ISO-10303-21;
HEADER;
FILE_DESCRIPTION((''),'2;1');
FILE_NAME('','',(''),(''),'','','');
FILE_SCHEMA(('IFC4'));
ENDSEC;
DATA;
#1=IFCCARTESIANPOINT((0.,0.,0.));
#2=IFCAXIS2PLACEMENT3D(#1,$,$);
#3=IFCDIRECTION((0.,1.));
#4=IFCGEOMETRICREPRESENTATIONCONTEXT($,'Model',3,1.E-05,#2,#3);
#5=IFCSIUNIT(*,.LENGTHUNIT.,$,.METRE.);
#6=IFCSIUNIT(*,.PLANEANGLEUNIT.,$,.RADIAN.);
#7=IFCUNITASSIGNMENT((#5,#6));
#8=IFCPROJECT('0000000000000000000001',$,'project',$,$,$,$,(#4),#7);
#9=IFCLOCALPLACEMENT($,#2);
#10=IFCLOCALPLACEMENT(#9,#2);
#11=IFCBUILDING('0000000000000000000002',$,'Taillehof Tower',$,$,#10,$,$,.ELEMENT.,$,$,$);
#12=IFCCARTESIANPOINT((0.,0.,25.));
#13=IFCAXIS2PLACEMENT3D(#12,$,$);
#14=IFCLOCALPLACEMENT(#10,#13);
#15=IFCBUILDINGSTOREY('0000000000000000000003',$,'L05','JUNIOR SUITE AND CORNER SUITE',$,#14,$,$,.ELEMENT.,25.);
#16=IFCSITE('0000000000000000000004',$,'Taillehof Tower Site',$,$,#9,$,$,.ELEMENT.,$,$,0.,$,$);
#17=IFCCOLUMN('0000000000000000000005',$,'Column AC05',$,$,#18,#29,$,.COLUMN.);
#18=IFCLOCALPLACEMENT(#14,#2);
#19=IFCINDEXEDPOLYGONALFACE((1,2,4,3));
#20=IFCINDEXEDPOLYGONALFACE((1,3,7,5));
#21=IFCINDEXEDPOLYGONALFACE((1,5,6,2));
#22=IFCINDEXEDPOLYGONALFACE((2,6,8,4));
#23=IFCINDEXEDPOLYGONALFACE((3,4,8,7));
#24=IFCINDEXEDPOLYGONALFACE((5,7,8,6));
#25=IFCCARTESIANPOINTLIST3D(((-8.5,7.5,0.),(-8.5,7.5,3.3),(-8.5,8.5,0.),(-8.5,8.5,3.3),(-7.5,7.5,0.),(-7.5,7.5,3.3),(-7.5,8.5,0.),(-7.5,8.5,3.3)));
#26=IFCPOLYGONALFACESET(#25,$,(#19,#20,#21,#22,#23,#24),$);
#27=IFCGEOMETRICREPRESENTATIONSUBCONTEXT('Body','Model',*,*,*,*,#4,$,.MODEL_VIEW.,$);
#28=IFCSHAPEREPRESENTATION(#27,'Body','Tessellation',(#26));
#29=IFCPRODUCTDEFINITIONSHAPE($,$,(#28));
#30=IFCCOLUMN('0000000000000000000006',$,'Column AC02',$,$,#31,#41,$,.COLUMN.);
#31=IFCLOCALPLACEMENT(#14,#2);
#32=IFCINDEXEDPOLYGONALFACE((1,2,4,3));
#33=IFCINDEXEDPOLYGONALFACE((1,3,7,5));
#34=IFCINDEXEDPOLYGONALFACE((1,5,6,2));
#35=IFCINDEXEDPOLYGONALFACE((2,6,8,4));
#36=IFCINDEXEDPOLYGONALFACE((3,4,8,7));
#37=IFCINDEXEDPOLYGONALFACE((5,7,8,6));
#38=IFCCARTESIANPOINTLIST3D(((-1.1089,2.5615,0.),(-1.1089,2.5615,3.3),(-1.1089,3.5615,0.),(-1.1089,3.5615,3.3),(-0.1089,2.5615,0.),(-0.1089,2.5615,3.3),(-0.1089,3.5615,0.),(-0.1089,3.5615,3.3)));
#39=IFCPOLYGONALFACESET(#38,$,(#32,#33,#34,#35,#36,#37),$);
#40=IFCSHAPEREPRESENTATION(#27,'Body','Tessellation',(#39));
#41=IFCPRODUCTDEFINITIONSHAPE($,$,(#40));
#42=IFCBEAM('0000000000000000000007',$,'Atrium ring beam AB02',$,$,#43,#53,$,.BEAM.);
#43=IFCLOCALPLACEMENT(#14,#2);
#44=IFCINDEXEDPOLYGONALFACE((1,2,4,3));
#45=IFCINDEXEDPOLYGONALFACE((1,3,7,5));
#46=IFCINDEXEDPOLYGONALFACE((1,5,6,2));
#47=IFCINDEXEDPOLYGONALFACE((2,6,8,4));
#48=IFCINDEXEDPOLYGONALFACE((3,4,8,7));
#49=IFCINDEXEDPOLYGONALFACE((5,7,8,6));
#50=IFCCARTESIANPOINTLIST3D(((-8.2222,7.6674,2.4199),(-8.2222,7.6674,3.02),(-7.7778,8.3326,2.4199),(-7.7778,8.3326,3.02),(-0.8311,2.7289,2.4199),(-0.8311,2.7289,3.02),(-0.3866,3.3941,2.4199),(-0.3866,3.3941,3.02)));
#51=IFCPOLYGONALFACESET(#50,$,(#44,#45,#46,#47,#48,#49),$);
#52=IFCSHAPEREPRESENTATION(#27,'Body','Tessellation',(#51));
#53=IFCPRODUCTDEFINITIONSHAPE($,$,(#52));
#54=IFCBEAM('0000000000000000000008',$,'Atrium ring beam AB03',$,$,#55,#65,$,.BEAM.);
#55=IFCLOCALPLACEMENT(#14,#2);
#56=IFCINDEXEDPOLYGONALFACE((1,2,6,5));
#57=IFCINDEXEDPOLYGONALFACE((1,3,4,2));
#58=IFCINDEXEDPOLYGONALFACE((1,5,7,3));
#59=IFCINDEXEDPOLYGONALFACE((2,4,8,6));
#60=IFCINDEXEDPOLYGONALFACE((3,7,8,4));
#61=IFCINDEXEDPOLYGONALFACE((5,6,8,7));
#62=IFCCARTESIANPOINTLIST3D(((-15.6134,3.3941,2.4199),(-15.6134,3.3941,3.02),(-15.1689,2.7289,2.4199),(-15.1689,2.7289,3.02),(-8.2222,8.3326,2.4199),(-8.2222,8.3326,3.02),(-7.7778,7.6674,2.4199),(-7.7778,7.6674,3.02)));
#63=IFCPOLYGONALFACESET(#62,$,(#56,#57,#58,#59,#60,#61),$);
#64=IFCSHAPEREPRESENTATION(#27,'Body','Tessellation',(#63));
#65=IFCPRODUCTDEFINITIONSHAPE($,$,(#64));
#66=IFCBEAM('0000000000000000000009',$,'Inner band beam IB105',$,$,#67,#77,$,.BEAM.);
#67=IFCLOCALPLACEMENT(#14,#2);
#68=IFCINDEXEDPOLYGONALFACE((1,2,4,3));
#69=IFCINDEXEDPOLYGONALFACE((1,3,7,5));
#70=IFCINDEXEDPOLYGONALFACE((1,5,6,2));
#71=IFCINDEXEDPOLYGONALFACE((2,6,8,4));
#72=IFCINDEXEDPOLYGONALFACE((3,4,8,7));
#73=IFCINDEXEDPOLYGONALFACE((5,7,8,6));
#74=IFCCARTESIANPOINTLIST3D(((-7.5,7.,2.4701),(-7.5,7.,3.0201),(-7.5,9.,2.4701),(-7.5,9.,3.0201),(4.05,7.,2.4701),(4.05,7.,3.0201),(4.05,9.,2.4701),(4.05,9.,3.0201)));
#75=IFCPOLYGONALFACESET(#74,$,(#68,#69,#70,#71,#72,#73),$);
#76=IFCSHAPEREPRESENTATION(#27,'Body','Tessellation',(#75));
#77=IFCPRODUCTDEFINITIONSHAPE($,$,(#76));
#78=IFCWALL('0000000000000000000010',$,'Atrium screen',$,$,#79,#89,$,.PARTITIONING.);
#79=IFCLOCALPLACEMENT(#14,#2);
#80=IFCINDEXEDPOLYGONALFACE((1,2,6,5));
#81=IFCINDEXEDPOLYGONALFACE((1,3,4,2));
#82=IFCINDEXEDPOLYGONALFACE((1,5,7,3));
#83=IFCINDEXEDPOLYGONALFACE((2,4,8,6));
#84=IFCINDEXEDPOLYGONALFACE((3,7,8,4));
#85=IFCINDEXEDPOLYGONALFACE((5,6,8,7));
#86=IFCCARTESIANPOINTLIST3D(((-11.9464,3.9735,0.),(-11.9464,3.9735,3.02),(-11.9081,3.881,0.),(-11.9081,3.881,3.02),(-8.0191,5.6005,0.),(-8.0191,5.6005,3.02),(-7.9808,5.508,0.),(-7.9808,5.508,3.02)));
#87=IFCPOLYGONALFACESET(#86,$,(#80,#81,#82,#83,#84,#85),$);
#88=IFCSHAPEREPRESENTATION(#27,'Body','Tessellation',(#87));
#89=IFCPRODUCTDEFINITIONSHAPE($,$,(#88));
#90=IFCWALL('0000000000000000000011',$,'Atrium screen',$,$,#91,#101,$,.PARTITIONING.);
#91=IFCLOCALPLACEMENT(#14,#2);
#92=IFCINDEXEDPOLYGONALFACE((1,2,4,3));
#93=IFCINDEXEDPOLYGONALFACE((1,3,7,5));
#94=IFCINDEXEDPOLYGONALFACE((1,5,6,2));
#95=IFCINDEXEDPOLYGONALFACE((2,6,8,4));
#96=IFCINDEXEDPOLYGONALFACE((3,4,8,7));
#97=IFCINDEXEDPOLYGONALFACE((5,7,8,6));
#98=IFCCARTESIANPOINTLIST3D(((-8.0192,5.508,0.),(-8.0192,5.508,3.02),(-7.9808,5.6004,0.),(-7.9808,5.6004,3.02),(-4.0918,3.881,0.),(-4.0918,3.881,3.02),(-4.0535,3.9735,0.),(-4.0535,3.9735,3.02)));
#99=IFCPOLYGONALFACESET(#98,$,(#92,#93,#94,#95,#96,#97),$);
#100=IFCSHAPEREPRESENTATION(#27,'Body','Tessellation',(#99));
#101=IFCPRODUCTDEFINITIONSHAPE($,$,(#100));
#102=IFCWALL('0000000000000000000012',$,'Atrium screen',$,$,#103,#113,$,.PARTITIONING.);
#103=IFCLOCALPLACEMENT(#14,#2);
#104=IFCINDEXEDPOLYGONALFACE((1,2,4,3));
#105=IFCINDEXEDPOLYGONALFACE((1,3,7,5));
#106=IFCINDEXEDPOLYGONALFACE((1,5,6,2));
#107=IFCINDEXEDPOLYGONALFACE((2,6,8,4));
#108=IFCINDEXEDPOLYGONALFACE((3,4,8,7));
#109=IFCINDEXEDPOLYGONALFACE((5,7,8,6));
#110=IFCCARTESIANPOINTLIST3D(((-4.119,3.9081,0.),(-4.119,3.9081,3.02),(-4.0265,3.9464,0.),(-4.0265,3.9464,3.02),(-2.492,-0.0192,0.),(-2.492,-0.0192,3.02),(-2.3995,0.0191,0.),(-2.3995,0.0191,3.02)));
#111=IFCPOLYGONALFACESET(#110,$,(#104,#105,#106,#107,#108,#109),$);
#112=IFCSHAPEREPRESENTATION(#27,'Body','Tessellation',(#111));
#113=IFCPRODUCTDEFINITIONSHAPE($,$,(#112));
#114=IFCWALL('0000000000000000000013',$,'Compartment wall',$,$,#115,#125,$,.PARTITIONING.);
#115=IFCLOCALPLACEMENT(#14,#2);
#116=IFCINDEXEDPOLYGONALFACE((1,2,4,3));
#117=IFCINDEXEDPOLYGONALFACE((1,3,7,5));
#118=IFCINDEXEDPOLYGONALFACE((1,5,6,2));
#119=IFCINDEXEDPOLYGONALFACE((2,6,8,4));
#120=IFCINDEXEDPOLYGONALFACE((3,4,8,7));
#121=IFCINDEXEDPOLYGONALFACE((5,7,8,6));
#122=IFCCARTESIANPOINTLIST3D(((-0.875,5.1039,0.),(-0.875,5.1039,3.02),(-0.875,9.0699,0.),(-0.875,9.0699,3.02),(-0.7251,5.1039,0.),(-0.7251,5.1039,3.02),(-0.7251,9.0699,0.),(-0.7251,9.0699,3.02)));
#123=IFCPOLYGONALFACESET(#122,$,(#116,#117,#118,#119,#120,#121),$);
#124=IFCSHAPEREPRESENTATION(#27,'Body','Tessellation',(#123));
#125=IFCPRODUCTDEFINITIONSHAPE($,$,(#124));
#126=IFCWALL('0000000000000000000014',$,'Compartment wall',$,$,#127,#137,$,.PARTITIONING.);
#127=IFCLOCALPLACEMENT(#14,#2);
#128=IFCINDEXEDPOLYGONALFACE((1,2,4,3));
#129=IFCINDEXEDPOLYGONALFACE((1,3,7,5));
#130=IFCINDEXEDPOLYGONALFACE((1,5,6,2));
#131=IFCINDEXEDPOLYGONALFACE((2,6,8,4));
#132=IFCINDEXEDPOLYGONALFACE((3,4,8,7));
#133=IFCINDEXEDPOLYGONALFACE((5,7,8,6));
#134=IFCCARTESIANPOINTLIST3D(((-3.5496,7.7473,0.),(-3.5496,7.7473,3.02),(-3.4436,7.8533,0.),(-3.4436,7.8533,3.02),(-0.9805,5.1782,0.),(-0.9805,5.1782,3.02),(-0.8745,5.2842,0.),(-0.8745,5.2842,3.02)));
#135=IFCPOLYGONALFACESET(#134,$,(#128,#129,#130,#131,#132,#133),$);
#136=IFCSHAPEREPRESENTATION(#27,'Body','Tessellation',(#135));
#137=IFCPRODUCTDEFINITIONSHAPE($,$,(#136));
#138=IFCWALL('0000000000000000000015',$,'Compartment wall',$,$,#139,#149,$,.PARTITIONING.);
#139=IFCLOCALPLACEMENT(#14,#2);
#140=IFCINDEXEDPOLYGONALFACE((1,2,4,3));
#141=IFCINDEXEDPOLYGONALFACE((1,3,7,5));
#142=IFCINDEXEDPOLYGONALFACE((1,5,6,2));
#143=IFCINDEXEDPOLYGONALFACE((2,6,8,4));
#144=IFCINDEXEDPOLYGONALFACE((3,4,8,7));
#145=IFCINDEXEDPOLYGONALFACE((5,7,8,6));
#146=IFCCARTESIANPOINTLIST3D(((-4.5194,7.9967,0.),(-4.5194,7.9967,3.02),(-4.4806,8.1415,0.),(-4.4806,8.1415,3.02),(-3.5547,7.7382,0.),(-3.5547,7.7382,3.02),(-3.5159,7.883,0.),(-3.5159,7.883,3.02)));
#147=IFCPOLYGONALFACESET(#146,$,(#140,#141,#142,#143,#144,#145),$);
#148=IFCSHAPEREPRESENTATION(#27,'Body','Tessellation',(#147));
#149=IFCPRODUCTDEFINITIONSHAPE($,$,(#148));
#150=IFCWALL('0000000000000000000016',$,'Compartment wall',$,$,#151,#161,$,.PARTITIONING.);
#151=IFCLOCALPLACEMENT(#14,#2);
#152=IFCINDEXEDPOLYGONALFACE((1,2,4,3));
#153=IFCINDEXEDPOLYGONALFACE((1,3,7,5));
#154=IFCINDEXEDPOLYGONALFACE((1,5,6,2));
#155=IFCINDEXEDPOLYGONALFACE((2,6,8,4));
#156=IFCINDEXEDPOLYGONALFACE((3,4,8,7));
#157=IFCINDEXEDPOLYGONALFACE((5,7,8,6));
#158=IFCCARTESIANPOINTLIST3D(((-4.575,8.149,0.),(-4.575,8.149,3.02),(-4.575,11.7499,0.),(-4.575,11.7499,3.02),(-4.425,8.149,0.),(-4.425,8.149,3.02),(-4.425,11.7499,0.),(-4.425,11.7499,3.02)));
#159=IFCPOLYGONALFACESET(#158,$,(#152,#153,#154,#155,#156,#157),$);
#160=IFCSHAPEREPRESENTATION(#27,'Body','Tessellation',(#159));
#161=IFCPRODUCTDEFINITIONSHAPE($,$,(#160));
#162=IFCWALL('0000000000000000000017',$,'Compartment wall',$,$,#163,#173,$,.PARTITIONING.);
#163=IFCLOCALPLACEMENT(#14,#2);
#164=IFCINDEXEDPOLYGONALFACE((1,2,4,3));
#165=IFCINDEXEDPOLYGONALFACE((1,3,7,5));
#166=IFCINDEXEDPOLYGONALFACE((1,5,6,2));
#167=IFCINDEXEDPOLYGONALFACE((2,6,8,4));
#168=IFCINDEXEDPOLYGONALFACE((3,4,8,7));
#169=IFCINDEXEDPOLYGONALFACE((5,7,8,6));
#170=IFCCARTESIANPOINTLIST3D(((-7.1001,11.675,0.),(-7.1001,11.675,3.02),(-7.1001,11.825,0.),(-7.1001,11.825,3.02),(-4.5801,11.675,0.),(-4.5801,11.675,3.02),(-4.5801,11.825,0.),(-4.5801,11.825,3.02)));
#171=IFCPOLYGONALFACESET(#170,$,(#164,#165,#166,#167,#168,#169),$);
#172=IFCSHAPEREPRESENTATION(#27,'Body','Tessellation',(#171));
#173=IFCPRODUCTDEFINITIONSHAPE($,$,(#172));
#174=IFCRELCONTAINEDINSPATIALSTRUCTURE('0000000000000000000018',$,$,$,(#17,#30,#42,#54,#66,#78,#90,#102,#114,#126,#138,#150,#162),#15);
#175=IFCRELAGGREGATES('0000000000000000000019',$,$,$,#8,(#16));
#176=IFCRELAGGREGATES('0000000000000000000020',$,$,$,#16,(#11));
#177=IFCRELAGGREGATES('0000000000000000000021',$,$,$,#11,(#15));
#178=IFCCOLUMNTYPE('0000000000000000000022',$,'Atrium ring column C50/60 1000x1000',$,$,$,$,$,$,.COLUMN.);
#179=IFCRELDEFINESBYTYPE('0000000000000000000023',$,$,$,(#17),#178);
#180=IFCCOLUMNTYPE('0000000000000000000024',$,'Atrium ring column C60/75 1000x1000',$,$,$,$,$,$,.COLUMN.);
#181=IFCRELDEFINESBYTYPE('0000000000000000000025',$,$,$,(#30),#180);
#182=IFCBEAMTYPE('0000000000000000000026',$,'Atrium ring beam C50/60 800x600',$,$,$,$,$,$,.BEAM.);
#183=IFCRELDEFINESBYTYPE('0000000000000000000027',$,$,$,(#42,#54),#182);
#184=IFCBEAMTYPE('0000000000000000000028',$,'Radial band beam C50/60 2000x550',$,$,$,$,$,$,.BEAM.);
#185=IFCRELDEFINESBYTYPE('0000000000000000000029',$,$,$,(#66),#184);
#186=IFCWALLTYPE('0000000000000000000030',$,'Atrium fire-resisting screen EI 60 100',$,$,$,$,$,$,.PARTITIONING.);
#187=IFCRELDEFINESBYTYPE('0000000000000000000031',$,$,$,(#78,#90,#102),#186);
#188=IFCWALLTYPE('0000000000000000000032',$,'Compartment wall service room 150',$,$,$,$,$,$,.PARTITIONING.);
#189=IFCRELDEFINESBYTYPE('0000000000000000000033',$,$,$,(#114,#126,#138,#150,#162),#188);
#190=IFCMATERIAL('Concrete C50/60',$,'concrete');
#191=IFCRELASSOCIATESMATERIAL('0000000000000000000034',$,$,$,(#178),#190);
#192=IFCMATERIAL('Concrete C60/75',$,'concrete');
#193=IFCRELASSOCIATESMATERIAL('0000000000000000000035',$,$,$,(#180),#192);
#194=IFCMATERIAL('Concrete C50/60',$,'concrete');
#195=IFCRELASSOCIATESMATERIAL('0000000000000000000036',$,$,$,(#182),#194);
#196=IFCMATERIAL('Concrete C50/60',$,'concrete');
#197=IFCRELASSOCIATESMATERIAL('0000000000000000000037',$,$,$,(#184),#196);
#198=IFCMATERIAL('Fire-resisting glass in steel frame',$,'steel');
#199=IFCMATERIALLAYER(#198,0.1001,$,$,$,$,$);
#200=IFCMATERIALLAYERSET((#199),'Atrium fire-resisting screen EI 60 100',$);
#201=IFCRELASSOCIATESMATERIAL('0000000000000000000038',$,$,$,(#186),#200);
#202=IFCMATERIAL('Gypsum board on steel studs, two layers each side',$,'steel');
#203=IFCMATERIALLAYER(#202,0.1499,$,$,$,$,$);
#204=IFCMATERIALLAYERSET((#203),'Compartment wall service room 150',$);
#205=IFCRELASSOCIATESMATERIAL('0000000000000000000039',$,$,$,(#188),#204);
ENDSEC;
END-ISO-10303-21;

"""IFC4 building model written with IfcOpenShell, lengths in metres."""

from ifc_helpers import new_model, si_unit, direction, frame, frame_2d, origin, origin_2d, place, context, subcontext, project, spatial, rectangle, extrude, material, layer, layer_set, material_profile, profile_set, type_object, element, save


model = new_model("IFC4")

# Units and contexts
model_context = context("Model", 3, precision=1e-05, world=origin(), true_north=direction((0.0, 1.0)))
body_context = subcontext(model_context, "Body", "Model", "MODEL_VIEW")
ifc_project = project(units=[si_unit("LENGTHUNIT", "METRE"), si_unit("PLANEANGLEUNIT", "RADIAN")], contexts=[model_context])

# Site, building, storey
site_placement = place(None, origin())
site = spatial("IfcSite", under=ifc_project, at=site_placement, Name="Taillehof Tower Site", CompositionType="ELEMENT", RefElevation=0.0)
building_placement = place(site_placement, origin())
building = spatial("IfcBuilding", under=site, at=building_placement, Name="Taillehof Tower", CompositionType="ELEMENT")
storey_placement = place(building_placement, frame((0.0, 0.0, 25.0)))
storey = spatial("IfcBuildingStorey", under=building, at=storey_placement, Name="L05", Description="JUNIOR SUITE AND CORNER SUITE", CompositionType="ELEMENT", Elevation=25.0)

# Columns
ifc_material_1 = material(Name="Concrete C50/60", Category="concrete")
ifc_material_profile_1 = material_profile(ifc_material_1, rectangle(XDim=1.0, YDim=1.0, at=origin_2d()), Name="RC 1000x1000")
ifc_profile_set_1 = profile_set([ifc_material_profile_1], Name="Concrete C50/60")
column_type_1 = type_object("IfcColumnType", Name="Atrium ring column C50/60 1000x1000", PredefinedType="COLUMN", material=ifc_profile_set_1)
column_1_placement = place(storey_placement, frame((-8.0, 8.0, 0.0), z_axis=(0.0, 0.0, 1.0), x_axis=(1.0, 0.0, 0.0)))
element("IfcColumn", 1, at=column_1_placement, inside=storey, type_object=column_type_1, Name="Column AC05", PredefinedType="COLUMN", context=body_context, shape_type="SweptSolid", body=[
    extrude(rectangle(XDim=1.0, YDim=1.0, at=origin_2d()), origin(), (0.0, 0.0, 1.0), 3.3),
])
ifc_material_2 = material(Name="Concrete C60/75", Category="concrete")
ifc_material_profile_2 = material_profile(ifc_material_2, rectangle(XDim=1.0, YDim=1.0, at=origin_2d()), Name="RC 1000x1000")
ifc_profile_set_2 = profile_set([ifc_material_profile_2], Name="Concrete C60/75")
column_type_2 = type_object("IfcColumnType", Name="Atrium ring column C60/75 1000x1000", PredefinedType="COLUMN", material=ifc_profile_set_2)
column_2_placement = place(storey_placement, frame((-0.6089, 3.0615, 0.0), z_axis=(0.0, 0.0, 1.0), x_axis=(1.0, 0.0, 0.0)))
element("IfcColumn", 2, at=column_2_placement, inside=storey, type_object=column_type_2, Name="Column AC02", PredefinedType="COLUMN", context=body_context, shape_type="SweptSolid", body=[
    extrude(rectangle(XDim=1.0, YDim=1.0, at=origin_2d()), origin(), (0.0, 0.0, 1.0), 3.3),
])

# Beams
ifc_material_3 = material(Name="Concrete C50/60", Category="concrete")
ifc_material_profile_3 = material_profile(ifc_material_3, rectangle(XDim=0.8, YDim=0.6001, at=origin_2d()), Name="RC 800x600")
ifc_profile_set_3 = profile_set([ifc_material_profile_3], Name="Concrete C50/60")
beam_type_1 = type_object("IfcBeamType", Name="Atrium ring beam C50/60 800x600", PredefinedType="BEAM", material=ifc_profile_set_3)
for number, where, z_axis, x_axis, name in (
    (3, (-0.6089, 3.0615, 2.72), (-0.831475, 0.555562, 0.0), (-0.555562, -0.831475, 0.0), "Atrium ring beam AB02"),
    (4, (-8.0, 8.0, 2.72), (-0.831475, -0.555562, 0.0), (0.555562, -0.831475, 0.0), "Atrium ring beam AB03"),
):
    element("IfcBeam", number, at=place(storey_placement, frame(where, z_axis=z_axis, x_axis=x_axis)), inside=storey, type_object=beam_type_1, Name=name, PredefinedType="BEAM", context=body_context, shape_type="SweptSolid", body=[
        extrude(rectangle(XDim=0.8, YDim=0.6001, at=origin_2d()), origin(), (0.0, 0.0, 1.0), 8.8892),
    ])
ifc_material_4 = material(Name="Concrete C50/60", Category="concrete")
ifc_material_profile_4 = material_profile(ifc_material_4, rectangle(XDim=2.0, YDim=0.55, at=origin_2d()), Name="RC 2000x550")
ifc_profile_set_4 = profile_set([ifc_material_profile_4], Name="Concrete C50/60")
beam_type_2 = type_object("IfcBeamType", Name="Radial band beam C50/60 2000x550", PredefinedType="BEAM", material=ifc_profile_set_4)
beam_placement = place(storey_placement, frame((-7.5, 8.0, 2.7451), z_axis=(1.0, 0.0, 0.0), x_axis=(0.0, 1.0, 0.0)))
element("IfcBeam", 5, at=beam_placement, inside=storey, type_object=beam_type_2, Name="Inner band beam IB105", PredefinedType="BEAM", context=body_context, shape_type="SweptSolid", body=[
    extrude(rectangle(XDim=2.0, YDim=0.55, at=origin_2d()), origin(), (0.0, 0.0, 1.0), 11.55),
])

# Walls
ifc_material_5 = material(Name="Fire-resisting glass in steel frame", Category="steel")
ifc_layer_1 = layer(ifc_material_5, 0.1001)
ifc_layer_set_1 = layer_set([ifc_layer_1], Name="Atrium fire-resisting screen EI 60 100")
wall_type_1 = type_object("IfcWallType", Name="Atrium fire-resisting screen EI 60 100", PredefinedType="PARTITIONING", material=ifc_layer_set_1)
for number, where, z_axis, x_axis, name in (
    (6, (-11.9272, 3.9272, 0.0), (0.0, 0.0, 1.0), (0.92386, 0.382731, 0.0), "Atrium screen"),
    (7, (-8.0, 5.5542, 0.0), (0.0, 0.0, 1.0), (0.92386, -0.382731, 0.0), "Atrium screen"),
    (8, (-4.0728, 3.9272, 0.0), (0.0, 0.0, 1.0), (0.382731, -0.92386, 0.0), "Atrium screen"),
):
    element("IfcWall", number, at=place(storey_placement, frame(where, z_axis=z_axis, x_axis=x_axis)), inside=storey, type_object=wall_type_1, Name=name, PredefinedType="PARTITIONING", context=body_context, shape_type="SweptSolid", body=[
        extrude(rectangle(XDim=4.251, YDim=0.1001, at=frame_2d((2.1255, 0.0))), origin(), (0.0, 0.0, 1.0), 3.02),
    ])
ifc_material_6 = material(Name="Gypsum board on steel studs, two layers each side", Category="steel")
ifc_layer_2 = layer(ifc_material_6, 0.1499)
ifc_layer_set_2 = layer_set([ifc_layer_2], Name="Compartment wall service room 150")
wall_type_2 = type_object("IfcWallType", Name="Compartment wall service room 150", PredefinedType="PARTITIONING", material=ifc_layer_set_2)
wall_1_placement = place(storey_placement, frame((-0.8, 9.0698, 0.0), z_axis=(0.0, 0.0, 1.0), x_axis=(0.0, -1.0, 0.0)))
element("IfcWall", 9, at=wall_1_placement, inside=storey, type_object=wall_type_2, Name="Compartment wall", PredefinedType="PARTITIONING", context=body_context, shape_type="SweptSolid", body=[
    extrude(rectangle(XDim=3.9661, YDim=0.1499, at=frame_2d((1.9829, 0.0))), origin(), (0.0, 0.0, 1.0), 3.02),
])
wall_2_placement = place(storey_placement, frame((-0.9275, 5.2312, 0.0), z_axis=(0.0, 0.0, 1.0), x_axis=(-0.707107, 0.707107, 0.0)))
element("IfcWall", 10, at=wall_2_placement, inside=storey, type_object=wall_type_2, Name="Compartment wall", PredefinedType="PARTITIONING", context=body_context, shape_type="SweptSolid", body=[
    extrude(rectangle(XDim=3.6333, YDim=0.1499, at=frame_2d((1.8167, 0.0))), origin(), (0.0, 0.0, 1.0), 3.02),
])
wall_3_placement = place(storey_placement, frame((-3.5352, 7.8105, 0.0), z_axis=(0.0, 0.0, 1.0), x_axis=(-0.965922, 0.258834, 0.0)))
element("IfcWall", 11, at=wall_3_placement, inside=storey, type_object=wall_type_2, Name="Compartment wall", PredefinedType="PARTITIONING", context=body_context, shape_type="SweptSolid", body=[
    extrude(rectangle(XDim=0.9988, YDim=0.1499, at=frame_2d((0.4995, 0.0))), origin(), (0.0, 0.0, 1.0), 3.02),
])
wall_4_placement = place(storey_placement, frame((-4.5, 8.1492, 0.0), z_axis=(0.0, 0.0, 1.0), x_axis=(0.0, 1.0, 0.0)))
element("IfcWall", 12, at=wall_4_placement, inside=storey, type_object=wall_type_2, Name="Compartment wall", PredefinedType="PARTITIONING", context=body_context, shape_type="SweptSolid", body=[
    extrude(rectangle(XDim=3.6008, YDim=0.1499, at=frame_2d((1.8003, 0.0))), origin(), (0.0, 0.0, 1.0), 3.02),
])
wall_5_placement = place(storey_placement, frame((-4.5801, 11.75, 0.0), z_axis=(0.0, 0.0, 1.0), x_axis=(-1.0, 0.0, 0.0)))
element("IfcWall", 13, at=wall_5_placement, inside=storey, type_object=wall_type_2, Name="Compartment wall", PredefinedType="PARTITIONING", context=body_context, shape_type="SweptSolid", body=[
    extrude(rectangle(XDim=2.52, YDim=0.1499, at=frame_2d((1.26, 0.0))), origin(), (0.0, 0.0, 1.0), 3.02),
])

save(model, "model.ifc")
